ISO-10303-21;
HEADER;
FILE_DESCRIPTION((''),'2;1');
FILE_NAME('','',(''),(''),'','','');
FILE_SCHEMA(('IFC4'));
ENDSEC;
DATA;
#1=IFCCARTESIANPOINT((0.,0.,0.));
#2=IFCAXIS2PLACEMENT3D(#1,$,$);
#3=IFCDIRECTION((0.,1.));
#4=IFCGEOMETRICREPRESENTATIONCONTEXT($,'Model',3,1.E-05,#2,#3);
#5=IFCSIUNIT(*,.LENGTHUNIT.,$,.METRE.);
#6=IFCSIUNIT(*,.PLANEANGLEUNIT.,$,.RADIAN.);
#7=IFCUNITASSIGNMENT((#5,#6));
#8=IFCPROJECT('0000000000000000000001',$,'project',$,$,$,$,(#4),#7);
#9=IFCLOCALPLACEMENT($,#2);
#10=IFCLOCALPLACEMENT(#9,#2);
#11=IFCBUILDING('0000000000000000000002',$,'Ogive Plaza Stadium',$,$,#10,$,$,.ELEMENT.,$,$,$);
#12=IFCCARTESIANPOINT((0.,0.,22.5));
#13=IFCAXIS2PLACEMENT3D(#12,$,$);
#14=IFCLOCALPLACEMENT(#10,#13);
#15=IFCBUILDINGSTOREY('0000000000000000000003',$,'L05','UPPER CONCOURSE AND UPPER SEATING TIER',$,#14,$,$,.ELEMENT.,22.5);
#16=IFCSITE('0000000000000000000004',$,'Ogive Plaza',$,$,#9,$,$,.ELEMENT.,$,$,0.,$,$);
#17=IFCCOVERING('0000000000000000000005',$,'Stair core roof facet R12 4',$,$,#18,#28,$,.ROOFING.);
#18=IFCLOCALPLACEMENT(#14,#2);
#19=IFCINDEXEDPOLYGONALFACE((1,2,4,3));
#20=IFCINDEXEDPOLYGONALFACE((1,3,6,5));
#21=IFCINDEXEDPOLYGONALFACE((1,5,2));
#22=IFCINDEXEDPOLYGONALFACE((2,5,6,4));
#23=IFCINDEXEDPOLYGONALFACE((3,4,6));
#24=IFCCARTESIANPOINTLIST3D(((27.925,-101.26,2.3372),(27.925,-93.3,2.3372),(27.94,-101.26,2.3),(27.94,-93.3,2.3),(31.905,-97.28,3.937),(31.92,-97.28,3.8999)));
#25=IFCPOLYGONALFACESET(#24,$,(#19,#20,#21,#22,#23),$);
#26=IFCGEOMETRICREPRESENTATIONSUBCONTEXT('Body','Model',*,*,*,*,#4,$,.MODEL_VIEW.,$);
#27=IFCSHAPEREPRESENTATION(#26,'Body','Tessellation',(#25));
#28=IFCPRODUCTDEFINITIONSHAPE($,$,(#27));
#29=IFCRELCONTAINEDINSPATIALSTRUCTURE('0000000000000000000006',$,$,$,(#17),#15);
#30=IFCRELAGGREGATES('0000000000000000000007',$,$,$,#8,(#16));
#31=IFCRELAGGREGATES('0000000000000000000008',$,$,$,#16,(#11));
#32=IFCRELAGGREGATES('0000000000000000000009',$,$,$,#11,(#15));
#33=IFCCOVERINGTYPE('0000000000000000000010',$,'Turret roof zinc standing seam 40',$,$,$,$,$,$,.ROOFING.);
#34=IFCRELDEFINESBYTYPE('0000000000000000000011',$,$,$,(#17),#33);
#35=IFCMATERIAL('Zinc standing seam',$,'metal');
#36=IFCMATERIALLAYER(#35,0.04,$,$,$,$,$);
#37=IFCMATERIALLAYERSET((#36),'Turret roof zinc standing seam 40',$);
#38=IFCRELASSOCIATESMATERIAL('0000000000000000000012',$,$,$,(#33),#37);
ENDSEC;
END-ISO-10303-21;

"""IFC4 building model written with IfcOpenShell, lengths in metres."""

from ifc_helpers import new_model, si_unit, direction, frame, origin, place, context, subcontext, project, spatial, polyline, outline, extrude, material, layer, layer_set, type_object, element, save


model = new_model("IFC4")

# Units and contexts
model_context = context("Model", 3, precision=1e-05, world=origin(), true_north=direction((0.0, 1.0)))
body_context = subcontext(model_context, "Body", "Model", "MODEL_VIEW")
ifc_project = project(units=[si_unit("LENGTHUNIT", "METRE"), si_unit("PLANEANGLEUNIT", "RADIAN")], contexts=[model_context])

# Site, building, storey
site_placement = place(None, origin())
site = spatial("IfcSite", under=ifc_project, at=site_placement, Name="Ogive Plaza", CompositionType="ELEMENT", RefElevation=0.0)
building_placement = place(site_placement, origin())
building = spatial("IfcBuilding", under=site, at=building_placement, Name="Ogive Plaza Stadium", CompositionType="ELEMENT")
storey_placement = place(building_placement, frame((0.0, 0.0, 22.5)))
storey = spatial("IfcBuildingStorey", under=building, at=storey_placement, Name="L05", Description="UPPER CONCOURSE AND UPPER SEATING TIER", CompositionType="ELEMENT", Elevation=22.5)

# Covering
ifc_material_1 = material(Name="Zinc standing seam", Category="metal")
ifc_layer_1 = layer(ifc_material_1, 0.04)
ifc_layer_set_1 = layer_set([ifc_layer_1], Name="Turret roof zinc standing seam 40")
covering_type_1 = type_object("IfcCoveringType", Name="Turret roof zinc standing seam 40", PredefinedType="ROOFING", material=ifc_layer_set_1)
covering_1_placement = place(storey_placement, frame((27.925, -93.3, 2.3372), z_axis=(-0.37297, 0.0, 0.927843), x_axis=(0.0, -1.0, 0.0)))
element("IfcCovering", 1, at=covering_1_placement, inside=storey, type_object=covering_type_1, Name="Stair core roof facet R12 4", PredefinedType="ROOFING", context=body_context, shape_type="SweptSolid", body=[
    extrude(outline(polyline([(0.0, 0.0), (7.96, 0.0), (3.98, 4.2895), (0.0, 0.0)])), origin(), (0.0, 0.0, -1.0), 0.04),
])

save(model, "model.ifc")
